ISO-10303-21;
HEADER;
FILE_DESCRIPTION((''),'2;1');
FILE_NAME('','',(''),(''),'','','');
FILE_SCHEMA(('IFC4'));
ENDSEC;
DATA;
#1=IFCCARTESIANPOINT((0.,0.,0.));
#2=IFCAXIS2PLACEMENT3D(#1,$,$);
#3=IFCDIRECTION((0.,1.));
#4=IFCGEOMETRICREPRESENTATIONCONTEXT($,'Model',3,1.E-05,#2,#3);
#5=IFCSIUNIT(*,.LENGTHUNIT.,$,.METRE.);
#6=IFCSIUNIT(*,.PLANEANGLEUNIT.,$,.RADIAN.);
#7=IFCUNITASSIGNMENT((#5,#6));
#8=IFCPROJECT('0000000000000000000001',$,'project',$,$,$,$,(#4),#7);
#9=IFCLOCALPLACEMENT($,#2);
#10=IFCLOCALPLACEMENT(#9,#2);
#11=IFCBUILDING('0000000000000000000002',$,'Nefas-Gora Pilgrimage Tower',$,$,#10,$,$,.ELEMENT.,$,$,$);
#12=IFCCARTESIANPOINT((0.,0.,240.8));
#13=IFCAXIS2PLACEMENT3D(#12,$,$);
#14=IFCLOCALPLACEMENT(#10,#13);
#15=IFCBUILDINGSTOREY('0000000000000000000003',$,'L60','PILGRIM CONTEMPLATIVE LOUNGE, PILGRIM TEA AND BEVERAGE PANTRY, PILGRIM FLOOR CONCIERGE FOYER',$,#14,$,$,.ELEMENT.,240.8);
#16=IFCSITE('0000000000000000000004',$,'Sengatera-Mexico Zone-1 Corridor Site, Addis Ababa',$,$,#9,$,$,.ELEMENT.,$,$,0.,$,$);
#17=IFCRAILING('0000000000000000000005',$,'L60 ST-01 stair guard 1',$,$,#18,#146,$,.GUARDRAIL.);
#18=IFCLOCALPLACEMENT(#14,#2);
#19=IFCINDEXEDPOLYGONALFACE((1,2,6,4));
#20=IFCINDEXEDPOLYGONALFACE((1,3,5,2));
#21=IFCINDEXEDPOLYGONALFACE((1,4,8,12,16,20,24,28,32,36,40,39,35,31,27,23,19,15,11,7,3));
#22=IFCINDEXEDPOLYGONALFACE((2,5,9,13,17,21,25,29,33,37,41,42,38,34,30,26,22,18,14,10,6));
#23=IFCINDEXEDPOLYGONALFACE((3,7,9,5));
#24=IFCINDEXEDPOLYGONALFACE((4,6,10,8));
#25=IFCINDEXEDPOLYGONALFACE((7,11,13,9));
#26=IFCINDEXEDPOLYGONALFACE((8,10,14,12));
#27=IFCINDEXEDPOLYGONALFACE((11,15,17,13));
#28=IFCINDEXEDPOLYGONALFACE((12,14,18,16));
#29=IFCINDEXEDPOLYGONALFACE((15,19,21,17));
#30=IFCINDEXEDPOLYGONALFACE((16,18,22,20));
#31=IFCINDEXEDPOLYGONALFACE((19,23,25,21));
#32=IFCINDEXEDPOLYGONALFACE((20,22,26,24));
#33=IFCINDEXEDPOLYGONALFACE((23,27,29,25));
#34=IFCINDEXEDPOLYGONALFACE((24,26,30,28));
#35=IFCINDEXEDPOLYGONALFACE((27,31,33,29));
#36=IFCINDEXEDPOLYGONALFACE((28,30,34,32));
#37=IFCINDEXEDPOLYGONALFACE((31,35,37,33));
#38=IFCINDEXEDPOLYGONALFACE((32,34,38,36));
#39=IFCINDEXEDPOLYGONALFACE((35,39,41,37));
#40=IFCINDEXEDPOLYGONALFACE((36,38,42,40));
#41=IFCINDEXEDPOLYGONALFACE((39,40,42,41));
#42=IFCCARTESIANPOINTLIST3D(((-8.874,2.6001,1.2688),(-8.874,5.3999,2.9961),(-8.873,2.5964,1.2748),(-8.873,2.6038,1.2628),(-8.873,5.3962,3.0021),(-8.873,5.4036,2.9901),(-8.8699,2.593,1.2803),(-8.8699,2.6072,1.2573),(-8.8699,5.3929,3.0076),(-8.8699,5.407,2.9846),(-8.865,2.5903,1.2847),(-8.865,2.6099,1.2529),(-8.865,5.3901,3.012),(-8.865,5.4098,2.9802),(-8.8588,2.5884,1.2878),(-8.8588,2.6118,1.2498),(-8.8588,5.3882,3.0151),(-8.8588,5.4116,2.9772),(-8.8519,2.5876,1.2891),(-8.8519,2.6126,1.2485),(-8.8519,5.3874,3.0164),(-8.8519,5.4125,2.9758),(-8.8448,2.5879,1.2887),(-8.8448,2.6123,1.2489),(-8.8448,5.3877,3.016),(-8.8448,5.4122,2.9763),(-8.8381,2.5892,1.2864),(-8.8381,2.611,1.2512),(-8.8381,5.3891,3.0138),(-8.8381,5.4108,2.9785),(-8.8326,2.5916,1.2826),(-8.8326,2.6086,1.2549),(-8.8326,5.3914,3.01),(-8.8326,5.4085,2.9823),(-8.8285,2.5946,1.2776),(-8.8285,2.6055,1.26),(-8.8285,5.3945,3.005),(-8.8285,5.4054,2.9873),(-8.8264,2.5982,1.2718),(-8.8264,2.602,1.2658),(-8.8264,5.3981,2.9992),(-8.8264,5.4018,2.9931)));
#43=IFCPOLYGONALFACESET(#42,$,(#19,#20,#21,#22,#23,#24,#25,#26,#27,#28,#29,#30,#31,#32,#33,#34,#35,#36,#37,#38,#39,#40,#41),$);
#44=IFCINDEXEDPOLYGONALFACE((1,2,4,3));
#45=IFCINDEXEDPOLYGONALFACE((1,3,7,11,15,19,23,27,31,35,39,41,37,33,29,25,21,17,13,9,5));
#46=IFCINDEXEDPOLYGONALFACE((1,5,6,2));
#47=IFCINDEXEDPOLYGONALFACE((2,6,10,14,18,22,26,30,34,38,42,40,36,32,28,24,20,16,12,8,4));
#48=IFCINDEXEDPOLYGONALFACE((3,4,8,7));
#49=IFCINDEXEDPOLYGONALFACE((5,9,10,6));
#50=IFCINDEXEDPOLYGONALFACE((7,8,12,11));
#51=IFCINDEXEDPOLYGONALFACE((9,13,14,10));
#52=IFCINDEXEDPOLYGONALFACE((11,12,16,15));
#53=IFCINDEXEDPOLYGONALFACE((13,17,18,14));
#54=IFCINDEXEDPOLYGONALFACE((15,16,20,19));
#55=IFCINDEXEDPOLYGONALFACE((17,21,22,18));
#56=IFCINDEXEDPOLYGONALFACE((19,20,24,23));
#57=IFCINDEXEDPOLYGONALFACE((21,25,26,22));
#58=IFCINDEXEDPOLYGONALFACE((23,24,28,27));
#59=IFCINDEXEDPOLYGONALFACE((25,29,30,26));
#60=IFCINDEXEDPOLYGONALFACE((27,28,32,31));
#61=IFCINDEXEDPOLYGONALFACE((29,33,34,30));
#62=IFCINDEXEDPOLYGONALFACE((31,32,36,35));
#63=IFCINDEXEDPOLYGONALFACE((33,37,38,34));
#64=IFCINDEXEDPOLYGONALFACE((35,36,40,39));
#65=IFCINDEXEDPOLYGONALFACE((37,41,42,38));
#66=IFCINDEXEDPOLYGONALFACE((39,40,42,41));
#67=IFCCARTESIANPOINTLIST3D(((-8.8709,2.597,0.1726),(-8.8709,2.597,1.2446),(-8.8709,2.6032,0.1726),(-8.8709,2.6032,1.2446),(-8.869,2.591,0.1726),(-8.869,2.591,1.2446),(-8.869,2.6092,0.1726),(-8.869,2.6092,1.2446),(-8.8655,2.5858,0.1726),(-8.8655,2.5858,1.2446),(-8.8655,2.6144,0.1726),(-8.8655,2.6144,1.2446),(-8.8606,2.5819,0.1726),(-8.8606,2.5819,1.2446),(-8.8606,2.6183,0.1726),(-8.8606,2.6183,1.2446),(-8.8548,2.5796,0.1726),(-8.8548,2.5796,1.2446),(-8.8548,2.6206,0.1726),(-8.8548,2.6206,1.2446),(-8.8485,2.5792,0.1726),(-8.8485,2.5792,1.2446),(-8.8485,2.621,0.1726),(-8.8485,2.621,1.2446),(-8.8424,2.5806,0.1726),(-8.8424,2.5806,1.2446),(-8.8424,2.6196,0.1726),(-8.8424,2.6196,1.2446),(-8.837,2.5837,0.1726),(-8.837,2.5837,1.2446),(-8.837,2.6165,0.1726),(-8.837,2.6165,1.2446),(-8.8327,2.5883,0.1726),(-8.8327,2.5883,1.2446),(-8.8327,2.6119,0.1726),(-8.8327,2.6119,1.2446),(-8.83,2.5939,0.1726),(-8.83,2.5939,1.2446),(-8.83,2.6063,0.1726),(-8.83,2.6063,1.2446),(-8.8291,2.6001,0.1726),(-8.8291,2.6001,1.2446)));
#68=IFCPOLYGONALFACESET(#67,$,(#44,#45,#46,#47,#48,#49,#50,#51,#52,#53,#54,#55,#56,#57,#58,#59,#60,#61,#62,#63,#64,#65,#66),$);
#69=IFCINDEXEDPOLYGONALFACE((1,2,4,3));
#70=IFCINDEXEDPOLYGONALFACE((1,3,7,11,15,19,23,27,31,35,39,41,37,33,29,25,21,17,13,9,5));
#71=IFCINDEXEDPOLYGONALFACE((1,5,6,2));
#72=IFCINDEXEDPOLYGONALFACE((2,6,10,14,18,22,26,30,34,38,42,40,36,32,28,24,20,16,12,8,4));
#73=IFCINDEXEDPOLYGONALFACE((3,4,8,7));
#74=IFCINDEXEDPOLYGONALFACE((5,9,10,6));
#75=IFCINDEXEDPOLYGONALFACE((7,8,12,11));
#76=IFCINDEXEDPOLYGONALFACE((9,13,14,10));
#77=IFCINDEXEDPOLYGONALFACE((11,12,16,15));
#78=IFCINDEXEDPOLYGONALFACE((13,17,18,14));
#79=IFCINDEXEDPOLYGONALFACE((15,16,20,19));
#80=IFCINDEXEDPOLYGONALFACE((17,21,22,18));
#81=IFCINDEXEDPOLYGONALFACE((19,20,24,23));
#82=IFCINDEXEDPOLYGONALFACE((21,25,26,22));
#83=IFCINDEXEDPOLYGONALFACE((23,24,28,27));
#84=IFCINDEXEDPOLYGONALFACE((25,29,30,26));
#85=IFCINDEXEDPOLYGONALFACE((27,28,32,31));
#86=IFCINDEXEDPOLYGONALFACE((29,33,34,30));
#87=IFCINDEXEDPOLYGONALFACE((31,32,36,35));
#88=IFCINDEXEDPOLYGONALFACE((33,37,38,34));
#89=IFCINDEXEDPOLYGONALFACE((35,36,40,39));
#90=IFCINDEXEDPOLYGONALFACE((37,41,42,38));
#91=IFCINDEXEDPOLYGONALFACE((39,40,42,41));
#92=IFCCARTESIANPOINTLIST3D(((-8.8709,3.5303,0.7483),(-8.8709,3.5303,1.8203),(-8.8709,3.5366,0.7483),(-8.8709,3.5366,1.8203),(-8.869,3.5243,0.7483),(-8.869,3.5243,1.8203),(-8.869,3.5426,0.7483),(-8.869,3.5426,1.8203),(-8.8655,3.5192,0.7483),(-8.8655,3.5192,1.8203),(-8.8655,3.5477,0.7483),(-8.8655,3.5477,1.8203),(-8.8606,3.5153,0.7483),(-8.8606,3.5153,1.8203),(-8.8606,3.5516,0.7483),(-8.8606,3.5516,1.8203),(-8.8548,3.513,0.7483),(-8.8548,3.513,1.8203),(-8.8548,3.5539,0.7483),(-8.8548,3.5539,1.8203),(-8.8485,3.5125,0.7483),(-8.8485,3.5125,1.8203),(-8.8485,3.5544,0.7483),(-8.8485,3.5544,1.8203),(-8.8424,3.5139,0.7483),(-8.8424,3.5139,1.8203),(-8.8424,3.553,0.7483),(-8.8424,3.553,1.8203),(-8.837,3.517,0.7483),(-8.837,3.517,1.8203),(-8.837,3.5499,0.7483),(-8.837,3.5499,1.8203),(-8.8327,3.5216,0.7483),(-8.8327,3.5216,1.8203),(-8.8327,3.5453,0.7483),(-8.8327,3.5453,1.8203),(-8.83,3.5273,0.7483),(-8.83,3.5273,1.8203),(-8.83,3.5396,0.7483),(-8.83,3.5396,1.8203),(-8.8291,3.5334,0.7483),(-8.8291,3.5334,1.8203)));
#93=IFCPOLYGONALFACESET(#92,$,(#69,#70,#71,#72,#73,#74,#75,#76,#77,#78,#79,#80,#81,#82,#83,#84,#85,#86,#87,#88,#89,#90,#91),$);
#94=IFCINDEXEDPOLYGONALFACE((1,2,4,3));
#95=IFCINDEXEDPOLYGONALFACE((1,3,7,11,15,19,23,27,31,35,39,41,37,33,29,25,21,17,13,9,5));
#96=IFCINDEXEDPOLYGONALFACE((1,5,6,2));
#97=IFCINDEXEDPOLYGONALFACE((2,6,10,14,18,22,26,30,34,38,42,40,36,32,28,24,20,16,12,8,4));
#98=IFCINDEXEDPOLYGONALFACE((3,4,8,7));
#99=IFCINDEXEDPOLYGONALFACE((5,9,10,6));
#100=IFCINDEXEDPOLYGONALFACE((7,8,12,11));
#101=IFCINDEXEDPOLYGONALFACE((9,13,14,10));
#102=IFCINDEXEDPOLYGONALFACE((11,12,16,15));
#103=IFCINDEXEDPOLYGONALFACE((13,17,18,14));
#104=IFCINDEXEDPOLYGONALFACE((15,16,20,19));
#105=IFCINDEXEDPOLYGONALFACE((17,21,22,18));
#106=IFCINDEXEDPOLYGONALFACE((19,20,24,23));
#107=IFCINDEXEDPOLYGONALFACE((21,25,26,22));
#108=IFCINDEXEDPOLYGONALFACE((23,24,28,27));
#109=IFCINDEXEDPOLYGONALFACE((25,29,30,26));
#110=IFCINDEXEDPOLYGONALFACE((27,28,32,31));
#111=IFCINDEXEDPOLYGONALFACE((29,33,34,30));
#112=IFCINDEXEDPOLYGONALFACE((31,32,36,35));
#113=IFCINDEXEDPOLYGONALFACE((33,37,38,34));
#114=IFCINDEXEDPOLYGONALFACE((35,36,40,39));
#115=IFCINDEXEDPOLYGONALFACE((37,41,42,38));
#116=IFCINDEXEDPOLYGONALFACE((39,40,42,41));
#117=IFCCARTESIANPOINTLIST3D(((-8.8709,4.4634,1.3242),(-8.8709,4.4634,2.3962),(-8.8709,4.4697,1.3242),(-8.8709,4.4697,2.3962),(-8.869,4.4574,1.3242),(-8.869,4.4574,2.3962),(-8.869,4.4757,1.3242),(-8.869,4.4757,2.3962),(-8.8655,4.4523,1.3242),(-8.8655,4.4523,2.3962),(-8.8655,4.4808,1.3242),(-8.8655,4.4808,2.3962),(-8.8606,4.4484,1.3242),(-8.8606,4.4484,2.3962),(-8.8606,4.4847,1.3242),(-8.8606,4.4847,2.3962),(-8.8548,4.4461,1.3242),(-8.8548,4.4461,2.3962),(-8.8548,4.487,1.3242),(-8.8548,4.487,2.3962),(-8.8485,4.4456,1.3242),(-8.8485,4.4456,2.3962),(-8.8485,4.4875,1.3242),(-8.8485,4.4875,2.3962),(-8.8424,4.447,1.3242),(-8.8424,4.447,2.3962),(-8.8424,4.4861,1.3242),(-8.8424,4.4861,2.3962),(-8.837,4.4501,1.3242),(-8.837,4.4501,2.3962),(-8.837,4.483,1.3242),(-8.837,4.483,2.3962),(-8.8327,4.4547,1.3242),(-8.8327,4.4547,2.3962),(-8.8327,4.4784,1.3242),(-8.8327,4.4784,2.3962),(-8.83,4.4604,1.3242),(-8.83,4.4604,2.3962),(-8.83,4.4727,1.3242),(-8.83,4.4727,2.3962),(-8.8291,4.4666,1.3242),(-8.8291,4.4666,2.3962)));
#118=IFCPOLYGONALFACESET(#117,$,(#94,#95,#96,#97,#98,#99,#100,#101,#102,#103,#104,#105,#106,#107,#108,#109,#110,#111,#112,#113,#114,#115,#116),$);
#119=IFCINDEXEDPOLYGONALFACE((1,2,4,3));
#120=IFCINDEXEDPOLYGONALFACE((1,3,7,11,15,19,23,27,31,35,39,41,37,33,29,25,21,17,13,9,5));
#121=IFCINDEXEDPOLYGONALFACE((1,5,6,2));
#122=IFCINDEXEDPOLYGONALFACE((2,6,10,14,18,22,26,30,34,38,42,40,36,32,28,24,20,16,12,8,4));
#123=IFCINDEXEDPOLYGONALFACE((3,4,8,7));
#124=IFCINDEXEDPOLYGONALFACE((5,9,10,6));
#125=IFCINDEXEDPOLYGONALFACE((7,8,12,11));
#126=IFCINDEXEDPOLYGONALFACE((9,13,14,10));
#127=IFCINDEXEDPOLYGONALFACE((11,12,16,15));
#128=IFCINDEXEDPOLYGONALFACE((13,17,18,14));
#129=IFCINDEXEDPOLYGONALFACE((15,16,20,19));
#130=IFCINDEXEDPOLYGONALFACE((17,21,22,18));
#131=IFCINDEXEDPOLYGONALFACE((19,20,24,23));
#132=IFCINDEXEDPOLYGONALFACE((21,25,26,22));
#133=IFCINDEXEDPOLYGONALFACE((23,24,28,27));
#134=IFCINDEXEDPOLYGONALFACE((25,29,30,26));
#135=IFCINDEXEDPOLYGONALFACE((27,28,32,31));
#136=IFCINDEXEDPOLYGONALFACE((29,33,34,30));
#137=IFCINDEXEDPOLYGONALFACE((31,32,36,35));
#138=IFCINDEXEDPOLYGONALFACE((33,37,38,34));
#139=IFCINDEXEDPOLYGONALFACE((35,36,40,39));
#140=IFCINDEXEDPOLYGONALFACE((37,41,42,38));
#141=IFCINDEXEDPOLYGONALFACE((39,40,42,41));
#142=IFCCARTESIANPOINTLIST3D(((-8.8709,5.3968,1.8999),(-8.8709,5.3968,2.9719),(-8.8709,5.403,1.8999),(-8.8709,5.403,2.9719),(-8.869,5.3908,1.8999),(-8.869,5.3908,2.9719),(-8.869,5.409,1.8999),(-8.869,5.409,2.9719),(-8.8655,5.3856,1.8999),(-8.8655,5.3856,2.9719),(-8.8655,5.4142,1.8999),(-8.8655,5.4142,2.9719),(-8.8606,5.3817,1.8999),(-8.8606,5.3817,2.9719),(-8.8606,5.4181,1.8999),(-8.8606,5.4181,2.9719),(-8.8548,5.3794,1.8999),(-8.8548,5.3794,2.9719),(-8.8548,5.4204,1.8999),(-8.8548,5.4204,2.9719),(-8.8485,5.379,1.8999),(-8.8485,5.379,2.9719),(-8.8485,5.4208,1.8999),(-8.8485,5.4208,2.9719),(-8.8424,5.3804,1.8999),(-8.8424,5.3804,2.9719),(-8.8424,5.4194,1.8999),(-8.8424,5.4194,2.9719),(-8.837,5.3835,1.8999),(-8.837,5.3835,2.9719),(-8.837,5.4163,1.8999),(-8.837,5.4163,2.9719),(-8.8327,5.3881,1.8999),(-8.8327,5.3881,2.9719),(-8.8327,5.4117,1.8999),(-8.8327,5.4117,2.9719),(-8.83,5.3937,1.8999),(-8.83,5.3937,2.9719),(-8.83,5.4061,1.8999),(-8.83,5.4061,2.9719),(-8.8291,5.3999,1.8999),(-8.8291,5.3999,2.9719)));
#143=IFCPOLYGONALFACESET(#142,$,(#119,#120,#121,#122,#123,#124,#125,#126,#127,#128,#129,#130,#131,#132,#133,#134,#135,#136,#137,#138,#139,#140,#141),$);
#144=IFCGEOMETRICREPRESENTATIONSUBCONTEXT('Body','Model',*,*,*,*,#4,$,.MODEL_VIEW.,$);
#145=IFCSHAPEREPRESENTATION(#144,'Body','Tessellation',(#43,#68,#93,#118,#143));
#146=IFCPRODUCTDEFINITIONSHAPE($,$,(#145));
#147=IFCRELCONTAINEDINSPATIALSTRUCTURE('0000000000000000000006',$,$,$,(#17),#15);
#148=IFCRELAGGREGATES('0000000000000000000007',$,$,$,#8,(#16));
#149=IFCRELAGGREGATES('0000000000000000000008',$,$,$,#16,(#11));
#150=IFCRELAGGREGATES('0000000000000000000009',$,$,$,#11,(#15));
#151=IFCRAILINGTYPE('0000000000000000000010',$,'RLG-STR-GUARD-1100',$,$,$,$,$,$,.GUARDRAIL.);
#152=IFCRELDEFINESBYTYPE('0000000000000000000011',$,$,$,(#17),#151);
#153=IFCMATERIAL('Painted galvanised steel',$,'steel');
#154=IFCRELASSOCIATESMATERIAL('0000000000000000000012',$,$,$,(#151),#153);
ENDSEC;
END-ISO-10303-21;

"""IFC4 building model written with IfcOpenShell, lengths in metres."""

from ifc_helpers import new_model, si_unit, direction, frame, origin, origin_2d, place, context, subcontext, project, spatial, circle, extrude, material, type_object, element, save


model = new_model("IFC4")

# Units and contexts
model_context = context("Model", 3, precision=1e-05, world=origin(), true_north=direction((0.0, 1.0)))
body_context = subcontext(model_context, "Body", "Model", "MODEL_VIEW")
ifc_project = project(units=[si_unit("LENGTHUNIT", "METRE"), si_unit("PLANEANGLEUNIT", "RADIAN")], contexts=[model_context])

# Site, building, storey
site_placement = place(None, origin())
site = spatial("IfcSite", under=ifc_project, at=site_placement, Name="Sengatera-Mexico Zone-1 Corridor Site, Addis Ababa", CompositionType="ELEMENT", RefElevation=0.0)
building_placement = place(site_placement, origin())
building = spatial("IfcBuilding", under=site, at=building_placement, Name="Nefas-Gora Pilgrimage Tower", CompositionType="ELEMENT")
storey_placement = place(building_placement, frame((0.0, 0.0, 240.8)))
storey = spatial("IfcBuildingStorey", under=building, at=storey_placement, Name="L60", Description="PILGRIM CONTEMPLATIVE LOUNGE, PILGRIM TEA AND BEVERAGE PANTRY, PILGRIM FLOOR CONCIERGE FOYER", CompositionType="ELEMENT", Elevation=240.8)

# Railing
ifc_material_1 = material(Name="Painted galvanised steel", Category="steel")
railing_type_1 = type_object("IfcRailingType", Name="RLG-STR-GUARD-1100", PredefinedType="GUARDRAIL", material=ifc_material_1)
railing_1_placement = place(storey_placement, frame((-8.8501, 2.6001, 0.1726)))
element("IfcRailing", 1, at=railing_1_placement, inside=storey, type_object=railing_type_1, Name="L60 ST-01 stair guard 1", PredefinedType="GUARDRAIL", context=body_context, shape_type="SweptSolid", body=[
    extrude(circle(Radius=0.0239, at=origin_2d()), frame((0.0, 0.0, 1.0962), z_axis=(0.0, 0.851069, 0.525054), x_axis=(-1.0, 0.0, 0.0)), (0.0, 0.0, 1.0), 3.2898),
    extrude(circle(Radius=0.021, at=origin_2d()), origin(), (0.0, 0.0, 1.0), 1.072),
    extrude(circle(Radius=0.021, at=origin_2d()), frame((0.0, 0.9333, 0.5757)), (0.0, 0.0, 1.0), 1.072),
    extrude(circle(Radius=0.021, at=origin_2d()), frame((0.0, 1.8665, 1.1516)), (0.0, 0.0, 1.0), 1.072),
    extrude(circle(Radius=0.021, at=origin_2d()), frame((0.0, 2.7998, 1.7273)), (0.0, 0.0, 1.0), 1.072),
])

save(model, "model.ifc")
